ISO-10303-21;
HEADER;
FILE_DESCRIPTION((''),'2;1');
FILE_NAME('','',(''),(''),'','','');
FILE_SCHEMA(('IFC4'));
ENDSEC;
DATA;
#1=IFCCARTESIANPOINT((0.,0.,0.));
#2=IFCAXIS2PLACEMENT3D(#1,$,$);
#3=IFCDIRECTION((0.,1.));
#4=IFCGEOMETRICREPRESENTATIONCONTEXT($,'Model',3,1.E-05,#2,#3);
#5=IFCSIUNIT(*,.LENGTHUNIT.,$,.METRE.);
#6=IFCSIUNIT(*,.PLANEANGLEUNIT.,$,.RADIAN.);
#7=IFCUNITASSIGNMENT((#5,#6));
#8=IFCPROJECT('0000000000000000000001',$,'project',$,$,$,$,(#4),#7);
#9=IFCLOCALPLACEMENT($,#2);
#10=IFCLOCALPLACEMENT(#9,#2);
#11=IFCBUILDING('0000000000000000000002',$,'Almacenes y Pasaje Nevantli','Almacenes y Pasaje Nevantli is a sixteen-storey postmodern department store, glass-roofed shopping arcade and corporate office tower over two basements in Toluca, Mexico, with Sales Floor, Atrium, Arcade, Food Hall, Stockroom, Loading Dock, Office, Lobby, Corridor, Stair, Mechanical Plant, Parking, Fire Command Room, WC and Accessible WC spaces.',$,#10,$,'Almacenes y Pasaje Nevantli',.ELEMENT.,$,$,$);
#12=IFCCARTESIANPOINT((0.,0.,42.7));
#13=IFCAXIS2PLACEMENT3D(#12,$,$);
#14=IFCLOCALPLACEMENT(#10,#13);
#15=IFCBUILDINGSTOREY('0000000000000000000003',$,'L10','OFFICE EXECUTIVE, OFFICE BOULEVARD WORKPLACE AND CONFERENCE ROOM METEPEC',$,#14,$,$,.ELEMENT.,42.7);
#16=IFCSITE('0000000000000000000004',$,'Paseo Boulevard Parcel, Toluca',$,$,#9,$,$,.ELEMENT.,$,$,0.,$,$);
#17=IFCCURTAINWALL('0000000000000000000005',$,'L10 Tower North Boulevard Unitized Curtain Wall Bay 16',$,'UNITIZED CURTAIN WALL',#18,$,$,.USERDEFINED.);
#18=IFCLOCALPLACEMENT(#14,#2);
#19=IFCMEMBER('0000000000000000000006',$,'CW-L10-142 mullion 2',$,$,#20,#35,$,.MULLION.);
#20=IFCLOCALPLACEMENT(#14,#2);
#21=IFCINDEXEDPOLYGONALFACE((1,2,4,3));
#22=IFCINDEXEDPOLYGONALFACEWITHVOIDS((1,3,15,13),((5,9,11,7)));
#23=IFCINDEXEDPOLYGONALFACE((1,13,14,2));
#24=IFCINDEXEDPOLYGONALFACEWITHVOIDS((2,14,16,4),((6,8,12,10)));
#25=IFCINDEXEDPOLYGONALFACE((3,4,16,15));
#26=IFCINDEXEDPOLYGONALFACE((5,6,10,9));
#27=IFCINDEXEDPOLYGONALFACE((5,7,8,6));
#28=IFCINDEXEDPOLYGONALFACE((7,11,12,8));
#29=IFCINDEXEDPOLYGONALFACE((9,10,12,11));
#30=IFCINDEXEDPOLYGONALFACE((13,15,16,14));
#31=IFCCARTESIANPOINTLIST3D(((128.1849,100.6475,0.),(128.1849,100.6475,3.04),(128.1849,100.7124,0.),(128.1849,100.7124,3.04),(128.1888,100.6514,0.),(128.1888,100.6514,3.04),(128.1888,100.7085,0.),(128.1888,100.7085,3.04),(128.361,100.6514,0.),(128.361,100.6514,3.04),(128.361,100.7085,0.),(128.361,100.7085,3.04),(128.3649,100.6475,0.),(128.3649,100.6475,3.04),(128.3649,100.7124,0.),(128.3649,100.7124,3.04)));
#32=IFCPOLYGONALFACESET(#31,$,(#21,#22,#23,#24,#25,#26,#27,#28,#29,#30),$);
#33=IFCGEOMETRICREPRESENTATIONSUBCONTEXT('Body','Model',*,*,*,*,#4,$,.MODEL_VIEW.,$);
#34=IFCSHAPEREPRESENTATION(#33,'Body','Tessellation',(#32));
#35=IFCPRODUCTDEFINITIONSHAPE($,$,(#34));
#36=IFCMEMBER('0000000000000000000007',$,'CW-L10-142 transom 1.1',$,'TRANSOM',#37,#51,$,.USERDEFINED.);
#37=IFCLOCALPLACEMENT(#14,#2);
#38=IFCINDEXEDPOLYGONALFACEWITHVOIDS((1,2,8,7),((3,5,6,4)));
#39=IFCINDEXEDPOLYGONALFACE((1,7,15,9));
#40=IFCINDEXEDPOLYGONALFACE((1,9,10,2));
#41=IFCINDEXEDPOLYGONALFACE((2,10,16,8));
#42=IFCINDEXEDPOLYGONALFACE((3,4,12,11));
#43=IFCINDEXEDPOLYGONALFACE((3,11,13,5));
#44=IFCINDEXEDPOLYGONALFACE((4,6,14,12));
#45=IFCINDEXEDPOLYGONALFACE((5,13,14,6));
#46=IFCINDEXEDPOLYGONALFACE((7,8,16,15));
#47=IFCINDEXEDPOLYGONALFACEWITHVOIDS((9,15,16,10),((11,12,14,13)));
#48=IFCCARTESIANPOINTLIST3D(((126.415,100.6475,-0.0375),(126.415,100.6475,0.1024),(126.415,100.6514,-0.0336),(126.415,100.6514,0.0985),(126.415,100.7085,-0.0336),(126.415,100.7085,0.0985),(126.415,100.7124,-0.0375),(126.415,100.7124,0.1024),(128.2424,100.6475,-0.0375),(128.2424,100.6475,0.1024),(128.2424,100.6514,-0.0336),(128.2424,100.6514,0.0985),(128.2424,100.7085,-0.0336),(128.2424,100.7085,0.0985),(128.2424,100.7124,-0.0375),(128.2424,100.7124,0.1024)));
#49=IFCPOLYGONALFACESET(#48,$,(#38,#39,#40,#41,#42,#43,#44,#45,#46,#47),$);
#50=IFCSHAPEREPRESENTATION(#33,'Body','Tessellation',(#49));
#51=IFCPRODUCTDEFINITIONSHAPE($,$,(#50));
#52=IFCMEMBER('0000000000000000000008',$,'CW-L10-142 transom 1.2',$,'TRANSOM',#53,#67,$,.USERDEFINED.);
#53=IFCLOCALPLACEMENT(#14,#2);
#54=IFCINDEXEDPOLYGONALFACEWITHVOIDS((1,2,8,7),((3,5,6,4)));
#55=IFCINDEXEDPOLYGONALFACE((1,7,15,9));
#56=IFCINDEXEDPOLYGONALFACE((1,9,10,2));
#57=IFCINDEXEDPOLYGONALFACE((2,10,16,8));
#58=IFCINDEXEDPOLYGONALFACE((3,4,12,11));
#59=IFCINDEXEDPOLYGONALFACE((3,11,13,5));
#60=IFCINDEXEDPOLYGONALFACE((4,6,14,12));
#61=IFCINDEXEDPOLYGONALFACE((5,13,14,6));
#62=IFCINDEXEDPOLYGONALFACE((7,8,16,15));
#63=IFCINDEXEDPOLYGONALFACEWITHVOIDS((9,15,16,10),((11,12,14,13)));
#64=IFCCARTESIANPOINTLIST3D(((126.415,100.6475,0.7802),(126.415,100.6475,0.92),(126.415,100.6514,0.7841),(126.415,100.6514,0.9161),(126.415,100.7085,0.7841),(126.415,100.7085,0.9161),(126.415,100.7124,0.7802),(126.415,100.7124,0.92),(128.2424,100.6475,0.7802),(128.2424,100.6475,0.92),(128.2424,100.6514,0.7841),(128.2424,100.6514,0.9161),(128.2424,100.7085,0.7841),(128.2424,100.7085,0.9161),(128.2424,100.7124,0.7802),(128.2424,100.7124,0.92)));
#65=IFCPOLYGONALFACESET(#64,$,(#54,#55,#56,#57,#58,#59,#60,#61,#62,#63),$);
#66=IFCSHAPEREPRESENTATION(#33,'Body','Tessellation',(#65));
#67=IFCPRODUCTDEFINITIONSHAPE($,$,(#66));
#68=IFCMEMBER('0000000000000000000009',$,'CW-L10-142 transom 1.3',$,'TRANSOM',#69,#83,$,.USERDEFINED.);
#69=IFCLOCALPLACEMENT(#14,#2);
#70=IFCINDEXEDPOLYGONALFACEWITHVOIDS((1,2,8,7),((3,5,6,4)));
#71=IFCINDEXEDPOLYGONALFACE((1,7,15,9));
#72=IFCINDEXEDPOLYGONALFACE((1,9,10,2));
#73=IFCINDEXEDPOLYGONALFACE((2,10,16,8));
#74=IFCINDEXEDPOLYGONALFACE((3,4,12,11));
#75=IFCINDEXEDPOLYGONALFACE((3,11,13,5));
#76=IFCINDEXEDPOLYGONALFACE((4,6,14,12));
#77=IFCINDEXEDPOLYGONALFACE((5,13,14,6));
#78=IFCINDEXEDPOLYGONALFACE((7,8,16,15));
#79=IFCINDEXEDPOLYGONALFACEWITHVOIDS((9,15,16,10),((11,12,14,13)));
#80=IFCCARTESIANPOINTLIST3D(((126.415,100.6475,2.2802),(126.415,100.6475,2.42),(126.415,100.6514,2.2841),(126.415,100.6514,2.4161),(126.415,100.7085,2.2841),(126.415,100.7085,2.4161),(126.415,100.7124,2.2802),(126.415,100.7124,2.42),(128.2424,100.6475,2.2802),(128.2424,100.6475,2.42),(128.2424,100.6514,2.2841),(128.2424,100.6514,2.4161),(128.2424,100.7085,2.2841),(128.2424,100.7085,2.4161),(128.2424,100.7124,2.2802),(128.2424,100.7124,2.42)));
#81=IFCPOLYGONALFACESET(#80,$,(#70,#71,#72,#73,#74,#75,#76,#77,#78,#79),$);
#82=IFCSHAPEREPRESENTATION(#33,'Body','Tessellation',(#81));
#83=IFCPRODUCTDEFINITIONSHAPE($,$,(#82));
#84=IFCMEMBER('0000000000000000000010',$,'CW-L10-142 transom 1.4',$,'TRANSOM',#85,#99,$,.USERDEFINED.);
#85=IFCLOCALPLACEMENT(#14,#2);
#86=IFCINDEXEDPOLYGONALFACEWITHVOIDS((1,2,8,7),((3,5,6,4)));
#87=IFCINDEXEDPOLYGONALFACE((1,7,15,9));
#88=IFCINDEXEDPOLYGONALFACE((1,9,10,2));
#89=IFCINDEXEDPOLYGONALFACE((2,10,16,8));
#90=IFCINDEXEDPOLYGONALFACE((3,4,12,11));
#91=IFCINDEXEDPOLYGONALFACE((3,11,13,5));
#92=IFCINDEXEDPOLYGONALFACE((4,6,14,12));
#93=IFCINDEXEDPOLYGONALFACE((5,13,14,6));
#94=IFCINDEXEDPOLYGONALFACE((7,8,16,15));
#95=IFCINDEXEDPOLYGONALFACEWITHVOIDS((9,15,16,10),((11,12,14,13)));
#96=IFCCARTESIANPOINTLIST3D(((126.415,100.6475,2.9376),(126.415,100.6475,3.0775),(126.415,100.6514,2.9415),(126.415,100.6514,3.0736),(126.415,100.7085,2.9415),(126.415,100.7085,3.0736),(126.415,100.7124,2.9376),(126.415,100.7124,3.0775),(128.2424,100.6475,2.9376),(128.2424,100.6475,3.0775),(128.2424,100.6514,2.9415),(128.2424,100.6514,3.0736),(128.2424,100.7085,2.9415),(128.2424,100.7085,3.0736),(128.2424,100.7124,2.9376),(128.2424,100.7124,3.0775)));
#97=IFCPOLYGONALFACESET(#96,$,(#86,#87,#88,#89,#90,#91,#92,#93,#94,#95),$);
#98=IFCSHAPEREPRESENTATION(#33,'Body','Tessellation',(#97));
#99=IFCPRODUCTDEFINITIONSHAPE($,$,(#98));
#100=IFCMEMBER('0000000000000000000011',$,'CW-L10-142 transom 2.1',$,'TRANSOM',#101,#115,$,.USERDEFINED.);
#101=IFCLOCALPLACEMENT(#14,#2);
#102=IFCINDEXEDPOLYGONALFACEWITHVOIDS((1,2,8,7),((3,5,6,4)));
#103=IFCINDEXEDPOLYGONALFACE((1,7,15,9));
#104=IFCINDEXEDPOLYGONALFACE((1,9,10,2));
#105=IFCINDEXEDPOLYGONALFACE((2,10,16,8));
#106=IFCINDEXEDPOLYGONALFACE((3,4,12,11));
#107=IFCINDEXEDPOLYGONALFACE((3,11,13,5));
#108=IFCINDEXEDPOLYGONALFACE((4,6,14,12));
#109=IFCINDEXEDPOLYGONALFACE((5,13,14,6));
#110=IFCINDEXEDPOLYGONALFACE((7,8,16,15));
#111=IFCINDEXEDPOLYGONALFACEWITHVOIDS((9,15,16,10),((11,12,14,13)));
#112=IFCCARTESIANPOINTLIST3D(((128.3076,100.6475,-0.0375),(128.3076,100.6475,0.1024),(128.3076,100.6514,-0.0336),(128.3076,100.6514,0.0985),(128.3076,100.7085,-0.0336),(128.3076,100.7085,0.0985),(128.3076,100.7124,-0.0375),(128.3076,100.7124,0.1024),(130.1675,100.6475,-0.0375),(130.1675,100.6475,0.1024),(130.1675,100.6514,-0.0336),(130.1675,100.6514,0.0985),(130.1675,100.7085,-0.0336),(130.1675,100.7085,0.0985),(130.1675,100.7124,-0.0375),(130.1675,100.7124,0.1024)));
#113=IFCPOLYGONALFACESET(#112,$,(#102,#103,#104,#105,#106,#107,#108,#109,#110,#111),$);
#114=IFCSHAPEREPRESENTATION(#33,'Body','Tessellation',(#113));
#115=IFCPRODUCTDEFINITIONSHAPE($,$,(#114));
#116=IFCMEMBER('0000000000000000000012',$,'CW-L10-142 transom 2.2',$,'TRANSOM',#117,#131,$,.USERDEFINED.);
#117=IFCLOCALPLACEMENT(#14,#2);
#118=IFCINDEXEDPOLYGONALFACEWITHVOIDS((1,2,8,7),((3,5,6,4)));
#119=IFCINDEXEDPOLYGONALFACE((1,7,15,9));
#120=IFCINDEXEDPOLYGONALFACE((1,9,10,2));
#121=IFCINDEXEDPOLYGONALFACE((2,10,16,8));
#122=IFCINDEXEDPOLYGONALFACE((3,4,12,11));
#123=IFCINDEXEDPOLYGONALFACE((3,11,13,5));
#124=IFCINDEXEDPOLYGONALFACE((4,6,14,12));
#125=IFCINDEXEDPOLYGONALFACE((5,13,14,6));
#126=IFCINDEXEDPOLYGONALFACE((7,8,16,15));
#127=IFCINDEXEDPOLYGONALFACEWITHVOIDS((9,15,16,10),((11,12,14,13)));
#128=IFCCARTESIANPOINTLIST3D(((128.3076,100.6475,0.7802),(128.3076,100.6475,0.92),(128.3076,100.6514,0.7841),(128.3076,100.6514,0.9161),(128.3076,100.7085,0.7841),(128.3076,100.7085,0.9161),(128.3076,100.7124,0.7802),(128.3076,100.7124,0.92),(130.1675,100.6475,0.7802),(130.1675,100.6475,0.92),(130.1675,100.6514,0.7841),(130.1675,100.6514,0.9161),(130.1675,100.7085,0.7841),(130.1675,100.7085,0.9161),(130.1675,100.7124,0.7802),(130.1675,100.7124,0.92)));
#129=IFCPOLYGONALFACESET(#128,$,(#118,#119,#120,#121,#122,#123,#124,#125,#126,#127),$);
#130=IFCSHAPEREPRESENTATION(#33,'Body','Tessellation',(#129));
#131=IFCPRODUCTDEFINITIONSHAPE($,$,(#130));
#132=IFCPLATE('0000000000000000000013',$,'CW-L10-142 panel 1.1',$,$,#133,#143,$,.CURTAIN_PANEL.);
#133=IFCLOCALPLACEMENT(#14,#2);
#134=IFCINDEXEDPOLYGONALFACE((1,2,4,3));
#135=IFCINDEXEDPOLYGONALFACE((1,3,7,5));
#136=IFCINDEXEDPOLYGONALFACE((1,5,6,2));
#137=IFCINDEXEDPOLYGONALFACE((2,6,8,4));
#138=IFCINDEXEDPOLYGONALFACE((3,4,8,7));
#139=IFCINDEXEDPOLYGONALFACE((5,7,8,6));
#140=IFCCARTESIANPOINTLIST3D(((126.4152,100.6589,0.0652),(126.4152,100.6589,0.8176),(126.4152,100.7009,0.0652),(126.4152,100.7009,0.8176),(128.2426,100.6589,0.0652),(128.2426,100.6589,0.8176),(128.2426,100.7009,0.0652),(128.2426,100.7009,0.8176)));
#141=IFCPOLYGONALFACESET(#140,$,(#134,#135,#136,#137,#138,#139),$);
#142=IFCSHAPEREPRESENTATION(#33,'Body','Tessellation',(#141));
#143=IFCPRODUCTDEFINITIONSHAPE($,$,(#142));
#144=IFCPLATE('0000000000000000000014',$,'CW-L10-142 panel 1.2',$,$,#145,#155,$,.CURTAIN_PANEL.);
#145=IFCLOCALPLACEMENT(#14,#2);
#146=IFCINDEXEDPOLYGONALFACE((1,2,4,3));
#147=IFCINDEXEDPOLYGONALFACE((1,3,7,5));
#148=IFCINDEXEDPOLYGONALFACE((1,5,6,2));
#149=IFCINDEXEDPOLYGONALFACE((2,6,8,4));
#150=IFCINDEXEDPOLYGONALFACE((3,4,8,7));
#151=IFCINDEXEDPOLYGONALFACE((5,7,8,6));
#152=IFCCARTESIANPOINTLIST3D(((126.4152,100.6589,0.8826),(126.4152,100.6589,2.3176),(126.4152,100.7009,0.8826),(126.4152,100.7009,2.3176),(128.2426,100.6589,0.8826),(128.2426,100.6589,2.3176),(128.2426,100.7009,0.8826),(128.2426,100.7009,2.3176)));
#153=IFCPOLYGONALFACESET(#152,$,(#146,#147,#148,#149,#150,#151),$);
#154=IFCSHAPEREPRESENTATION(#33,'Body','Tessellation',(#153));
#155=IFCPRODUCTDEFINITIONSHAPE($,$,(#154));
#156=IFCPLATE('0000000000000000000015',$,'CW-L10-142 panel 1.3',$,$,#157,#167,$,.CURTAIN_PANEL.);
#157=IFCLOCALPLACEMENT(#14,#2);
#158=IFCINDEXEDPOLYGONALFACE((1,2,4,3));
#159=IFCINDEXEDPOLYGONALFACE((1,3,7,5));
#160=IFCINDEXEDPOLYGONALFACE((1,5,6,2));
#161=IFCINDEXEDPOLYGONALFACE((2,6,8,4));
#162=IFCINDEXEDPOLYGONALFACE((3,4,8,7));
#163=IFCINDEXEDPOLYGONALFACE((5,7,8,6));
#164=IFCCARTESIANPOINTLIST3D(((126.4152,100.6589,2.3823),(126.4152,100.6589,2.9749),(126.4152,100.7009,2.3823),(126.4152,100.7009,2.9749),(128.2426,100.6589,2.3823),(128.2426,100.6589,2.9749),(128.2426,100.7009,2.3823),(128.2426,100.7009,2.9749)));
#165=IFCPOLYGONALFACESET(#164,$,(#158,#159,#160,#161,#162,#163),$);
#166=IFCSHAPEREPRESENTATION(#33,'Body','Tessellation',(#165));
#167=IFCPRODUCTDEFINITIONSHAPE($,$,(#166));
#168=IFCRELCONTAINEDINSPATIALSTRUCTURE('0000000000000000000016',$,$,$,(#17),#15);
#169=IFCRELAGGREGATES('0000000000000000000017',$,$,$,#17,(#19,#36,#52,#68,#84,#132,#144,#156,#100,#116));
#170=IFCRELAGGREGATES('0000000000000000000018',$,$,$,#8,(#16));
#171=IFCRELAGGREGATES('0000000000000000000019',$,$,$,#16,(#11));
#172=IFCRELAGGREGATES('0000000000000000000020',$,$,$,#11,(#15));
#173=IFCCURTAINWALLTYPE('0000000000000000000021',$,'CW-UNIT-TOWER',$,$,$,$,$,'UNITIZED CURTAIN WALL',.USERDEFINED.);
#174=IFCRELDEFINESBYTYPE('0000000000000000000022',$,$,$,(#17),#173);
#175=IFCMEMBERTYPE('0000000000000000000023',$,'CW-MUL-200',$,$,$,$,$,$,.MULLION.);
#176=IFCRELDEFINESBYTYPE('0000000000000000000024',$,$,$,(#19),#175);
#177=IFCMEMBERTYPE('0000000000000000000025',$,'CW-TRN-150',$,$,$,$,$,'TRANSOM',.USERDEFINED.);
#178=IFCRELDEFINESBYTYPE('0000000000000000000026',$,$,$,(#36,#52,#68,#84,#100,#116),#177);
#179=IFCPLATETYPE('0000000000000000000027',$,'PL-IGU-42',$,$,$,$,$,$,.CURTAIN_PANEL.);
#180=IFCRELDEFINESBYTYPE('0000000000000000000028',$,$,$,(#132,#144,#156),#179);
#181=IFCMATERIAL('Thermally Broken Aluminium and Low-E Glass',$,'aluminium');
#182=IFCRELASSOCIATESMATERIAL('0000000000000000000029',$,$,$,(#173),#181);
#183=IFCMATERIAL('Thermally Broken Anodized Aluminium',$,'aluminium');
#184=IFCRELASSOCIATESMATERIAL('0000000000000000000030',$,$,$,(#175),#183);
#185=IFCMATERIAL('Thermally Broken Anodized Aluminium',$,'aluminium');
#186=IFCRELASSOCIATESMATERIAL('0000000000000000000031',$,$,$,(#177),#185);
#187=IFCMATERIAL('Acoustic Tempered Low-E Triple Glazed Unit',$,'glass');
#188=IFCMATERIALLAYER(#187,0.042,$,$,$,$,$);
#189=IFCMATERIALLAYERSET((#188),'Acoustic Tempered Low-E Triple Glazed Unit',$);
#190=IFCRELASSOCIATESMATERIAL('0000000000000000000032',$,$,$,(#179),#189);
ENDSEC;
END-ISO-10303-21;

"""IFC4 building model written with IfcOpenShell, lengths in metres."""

from ifc_helpers import new_model, si_unit, direction, frame, origin, origin_2d, place, context, subcontext, project, spatial, rectangle, hollow_rectangle, extrude, material, layer, layer_set, material_profile, profile_set, type_object, element, aggregate, save


model = new_model("IFC4")

# Units and contexts
model_context = context("Model", 3, precision=1e-05, world=origin(), true_north=direction((0.0, 1.0)))
body_context = subcontext(model_context, "Body", "Model", "MODEL_VIEW")
ifc_project = project(units=[si_unit("LENGTHUNIT", "METRE"), si_unit("PLANEANGLEUNIT", "RADIAN")], contexts=[model_context])

# Site, building, storey
site_placement = place(None, origin())
site = spatial("IfcSite", under=ifc_project, at=site_placement, Name="Paseo Boulevard Parcel, Toluca", CompositionType="ELEMENT", RefElevation=0.0)
building_placement = place(site_placement, origin())
building = spatial("IfcBuilding", under=site, at=building_placement, Name="Almacenes y Pasaje Nevantli", Description="Almacenes y Pasaje Nevantli is a sixteen-storey postmodern department store, glass-roofed shopping arcade and corporate office tower over two basements in Toluca, Mexico, with Sales Floor, Atrium, Arcade, Food Hall, Stockroom, Loading Dock, Office, Lobby, Corridor, Stair, Mechanical Plant, Parking, Fire Command Room, WC and Accessible WC spaces.", LongName="Almacenes y Pasaje Nevantli", CompositionType="ELEMENT")
storey_placement = place(building_placement, frame((0.0, 0.0, 42.7)))
storey = spatial("IfcBuildingStorey", under=building, at=storey_placement, Name="L10", Description="OFFICE EXECUTIVE, OFFICE BOULEVARD WORKPLACE AND CONFERENCE ROOM METEPEC", CompositionType="ELEMENT", Elevation=42.7)

# Curtain wall, members, plates
ifc_material_1 = material(Name="Thermally Broken Aluminium and Low-E Glass", Category="aluminium")
curtain_wall_type = type_object("IfcCurtainWallType", Name="CW-UNIT-TOWER", ElementType="UNITIZED CURTAIN WALL", PredefinedType="USERDEFINED", material=ifc_material_1)
curtain_wall_placement = place(storey_placement, origin())
curtain_wall = element("IfcCurtainWall", 1, at=curtain_wall_placement, inside=storey, type_object=curtain_wall_type, Name="L10 Tower North Boulevard Unitized Curtain Wall Bay 16", ObjectType="UNITIZED CURTAIN WALL", PredefinedType="USERDEFINED")
ifc_material_2 = material(Name="Thermally Broken Anodized Aluminium", Category="aluminium")
ifc_material_profile_1 = material_profile(ifc_material_2, hollow_rectangle(XDim=0.0649, YDim=0.1799, WallThickness=0.0039, at=origin_2d()), Name="ALU-MUL-65x180")
ifc_profile_set_1 = profile_set([ifc_material_profile_1], Name="Thermally Broken Anodized Aluminium")
member_type_1 = type_object("IfcMemberType", Name="CW-MUL-200", PredefinedType="MULLION", material=ifc_profile_set_1)
member_1_placement = place(storey_placement, frame((128.2749, 100.6799, 0.0), z_axis=(0.0, 0.0, 1.0), x_axis=(0.0, 1.0, 0.0)))
member_1 = element("IfcMember", 2, at=member_1_placement, type_object=member_type_1, Name="CW-L10-142 mullion 2", PredefinedType="MULLION", context=body_context, shape_type="SweptSolid", body=[
    extrude(hollow_rectangle(XDim=0.0649, YDim=0.1799, WallThickness=0.0039, at=origin_2d()), origin(), (0.0, 0.0, 1.0), 3.04),
])
ifc_material_3 = material(Name="Thermally Broken Anodized Aluminium", Category="aluminium")
ifc_material_profile_2 = material_profile(ifc_material_3, hollow_rectangle(XDim=0.0649, YDim=0.1399, WallThickness=0.0039, at=origin_2d()), Name="ALU-TRN-65x140")
ifc_profile_set_2 = profile_set([ifc_material_profile_2], Name="Thermally Broken Anodized Aluminium")
member_type_2 = type_object("IfcMemberType", Name="CW-TRN-150", ElementType="TRANSOM", PredefinedType="USERDEFINED", material=ifc_profile_set_2)
member_2_placement = place(storey_placement, frame((126.415, 100.6799, 0.0325), z_axis=(1.0, 0.0, 0.0), x_axis=(0.0, 1.0, 0.0)))
member_2 = element("IfcMember", 3, at=member_2_placement, type_object=member_type_2, Name="CW-L10-142 transom 1.1", ObjectType="TRANSOM", PredefinedType="USERDEFINED", context=body_context, shape_type="SweptSolid", body=[
    extrude(hollow_rectangle(XDim=0.0649, YDim=0.1399, WallThickness=0.0039, at=origin_2d()), origin(), (0.0, 0.0, 1.0), 1.8274),
])
member_3_placement = place(storey_placement, frame((126.415, 100.6799, 0.8501), z_axis=(1.0, 0.0, 0.0), x_axis=(0.0, 1.0, 0.0)))
member_3 = element("IfcMember", 4, at=member_3_placement, type_object=member_type_2, Name="CW-L10-142 transom 1.2", ObjectType="TRANSOM", PredefinedType="USERDEFINED", context=body_context, shape_type="SweptSolid", body=[
    extrude(hollow_rectangle(XDim=0.0649, YDim=0.1399, WallThickness=0.0039, at=origin_2d()), origin(), (0.0, 0.0, 1.0), 1.8274),
])
member_4_placement = place(storey_placement, frame((126.415, 100.6799, 2.3501), z_axis=(1.0, 0.0, 0.0), x_axis=(0.0, 1.0, 0.0)))
member_4 = element("IfcMember", 5, at=member_4_placement, type_object=member_type_2, Name="CW-L10-142 transom 1.3", ObjectType="TRANSOM", PredefinedType="USERDEFINED", context=body_context, shape_type="SweptSolid", body=[
    extrude(hollow_rectangle(XDim=0.0649, YDim=0.1399, WallThickness=0.0039, at=origin_2d()), origin(), (0.0, 0.0, 1.0), 1.8274),
])
member_5_placement = place(storey_placement, frame((126.415, 100.6799, 3.0076), z_axis=(1.0, 0.0, 0.0), x_axis=(0.0, 1.0, 0.0)))
member_5 = element("IfcMember", 6, at=member_5_placement, type_object=member_type_2, Name="CW-L10-142 transom 1.4", ObjectType="TRANSOM", PredefinedType="USERDEFINED", context=body_context, shape_type="SweptSolid", body=[
    extrude(hollow_rectangle(XDim=0.0649, YDim=0.1399, WallThickness=0.0039, at=origin_2d()), origin(), (0.0, 0.0, 1.0), 1.8274),
])
member_6_placement = place(storey_placement, frame((128.3076, 100.6799, 0.0325), z_axis=(1.0, 0.0, 0.0), x_axis=(0.0, 1.0, 0.0)))
member_6 = element("IfcMember", 7, at=member_6_placement, type_object=member_type_2, Name="CW-L10-142 transom 2.1", ObjectType="TRANSOM", PredefinedType="USERDEFINED", context=body_context, shape_type="SweptSolid", body=[
    extrude(hollow_rectangle(XDim=0.0649, YDim=0.1399, WallThickness=0.0039, at=origin_2d()), origin(), (0.0, 0.0, 1.0), 1.8599),
])
member_7_placement = place(storey_placement, frame((128.3076, 100.6799, 0.8501), z_axis=(1.0, 0.0, 0.0), x_axis=(0.0, 1.0, 0.0)))
member_7 = element("IfcMember", 8, at=member_7_placement, type_object=member_type_2, Name="CW-L10-142 transom 2.2", ObjectType="TRANSOM", PredefinedType="USERDEFINED", context=body_context, shape_type="SweptSolid", body=[
    extrude(hollow_rectangle(XDim=0.0649, YDim=0.1399, WallThickness=0.0039, at=origin_2d()), origin(), (0.0, 0.0, 1.0), 1.8599),
])
ifc_material_4 = material(Name="Acoustic Tempered Low-E Triple Glazed Unit", Category="glass")
ifc_layer_1 = layer(ifc_material_4, 0.042)
ifc_layer_set_1 = layer_set([ifc_layer_1], Name="Acoustic Tempered Low-E Triple Glazed Unit")
plate_type = type_object("IfcPlateType", Name="PL-IGU-42", PredefinedType="CURTAIN_PANEL", material=ifc_layer_set_1)
plate_1_placement = place(storey_placement, frame((127.3289, 100.6799, 0.0652), z_axis=(0.0, 0.0, 1.0), x_axis=(1.0, 0.0, 0.0)))
plate_1 = element("IfcPlate", 9, at=plate_1_placement, type_object=plate_type, Name="CW-L10-142 panel 1.1", PredefinedType="CURTAIN_PANEL", context=body_context, shape_type="SweptSolid", body=[
    extrude(rectangle(XDim=1.8274, YDim=0.042, at=origin_2d()), origin(), (0.0, 0.0, 1.0), 0.7524),
])
plate_2_placement = place(storey_placement, frame((127.3289, 100.6799, 0.8826), z_axis=(0.0, 0.0, 1.0), x_axis=(1.0, 0.0, 0.0)))
plate_2 = element("IfcPlate", 10, at=plate_2_placement, type_object=plate_type, Name="CW-L10-142 panel 1.2", PredefinedType="CURTAIN_PANEL", context=body_context, shape_type="SweptSolid", body=[
    extrude(rectangle(XDim=1.8274, YDim=0.042, at=origin_2d()), origin(), (0.0, 0.0, 1.0), 1.4351),
])
plate_3_placement = place(storey_placement, frame((127.3289, 100.6799, 2.3823), z_axis=(0.0, 0.0, 1.0), x_axis=(1.0, 0.0, 0.0)))
plate_3 = element("IfcPlate", 11, at=plate_3_placement, type_object=plate_type, Name="CW-L10-142 panel 1.3", PredefinedType="CURTAIN_PANEL", context=body_context, shape_type="SweptSolid", body=[
    extrude(rectangle(XDim=1.8274, YDim=0.042, at=origin_2d()), origin(), (0.0, 0.0, 1.0), 0.5925),
])
aggregate(curtain_wall, [member_1, member_2, member_3, member_4, member_5, plate_1, plate_2, plate_3, member_6, member_7])

save(model, "model.ifc")
